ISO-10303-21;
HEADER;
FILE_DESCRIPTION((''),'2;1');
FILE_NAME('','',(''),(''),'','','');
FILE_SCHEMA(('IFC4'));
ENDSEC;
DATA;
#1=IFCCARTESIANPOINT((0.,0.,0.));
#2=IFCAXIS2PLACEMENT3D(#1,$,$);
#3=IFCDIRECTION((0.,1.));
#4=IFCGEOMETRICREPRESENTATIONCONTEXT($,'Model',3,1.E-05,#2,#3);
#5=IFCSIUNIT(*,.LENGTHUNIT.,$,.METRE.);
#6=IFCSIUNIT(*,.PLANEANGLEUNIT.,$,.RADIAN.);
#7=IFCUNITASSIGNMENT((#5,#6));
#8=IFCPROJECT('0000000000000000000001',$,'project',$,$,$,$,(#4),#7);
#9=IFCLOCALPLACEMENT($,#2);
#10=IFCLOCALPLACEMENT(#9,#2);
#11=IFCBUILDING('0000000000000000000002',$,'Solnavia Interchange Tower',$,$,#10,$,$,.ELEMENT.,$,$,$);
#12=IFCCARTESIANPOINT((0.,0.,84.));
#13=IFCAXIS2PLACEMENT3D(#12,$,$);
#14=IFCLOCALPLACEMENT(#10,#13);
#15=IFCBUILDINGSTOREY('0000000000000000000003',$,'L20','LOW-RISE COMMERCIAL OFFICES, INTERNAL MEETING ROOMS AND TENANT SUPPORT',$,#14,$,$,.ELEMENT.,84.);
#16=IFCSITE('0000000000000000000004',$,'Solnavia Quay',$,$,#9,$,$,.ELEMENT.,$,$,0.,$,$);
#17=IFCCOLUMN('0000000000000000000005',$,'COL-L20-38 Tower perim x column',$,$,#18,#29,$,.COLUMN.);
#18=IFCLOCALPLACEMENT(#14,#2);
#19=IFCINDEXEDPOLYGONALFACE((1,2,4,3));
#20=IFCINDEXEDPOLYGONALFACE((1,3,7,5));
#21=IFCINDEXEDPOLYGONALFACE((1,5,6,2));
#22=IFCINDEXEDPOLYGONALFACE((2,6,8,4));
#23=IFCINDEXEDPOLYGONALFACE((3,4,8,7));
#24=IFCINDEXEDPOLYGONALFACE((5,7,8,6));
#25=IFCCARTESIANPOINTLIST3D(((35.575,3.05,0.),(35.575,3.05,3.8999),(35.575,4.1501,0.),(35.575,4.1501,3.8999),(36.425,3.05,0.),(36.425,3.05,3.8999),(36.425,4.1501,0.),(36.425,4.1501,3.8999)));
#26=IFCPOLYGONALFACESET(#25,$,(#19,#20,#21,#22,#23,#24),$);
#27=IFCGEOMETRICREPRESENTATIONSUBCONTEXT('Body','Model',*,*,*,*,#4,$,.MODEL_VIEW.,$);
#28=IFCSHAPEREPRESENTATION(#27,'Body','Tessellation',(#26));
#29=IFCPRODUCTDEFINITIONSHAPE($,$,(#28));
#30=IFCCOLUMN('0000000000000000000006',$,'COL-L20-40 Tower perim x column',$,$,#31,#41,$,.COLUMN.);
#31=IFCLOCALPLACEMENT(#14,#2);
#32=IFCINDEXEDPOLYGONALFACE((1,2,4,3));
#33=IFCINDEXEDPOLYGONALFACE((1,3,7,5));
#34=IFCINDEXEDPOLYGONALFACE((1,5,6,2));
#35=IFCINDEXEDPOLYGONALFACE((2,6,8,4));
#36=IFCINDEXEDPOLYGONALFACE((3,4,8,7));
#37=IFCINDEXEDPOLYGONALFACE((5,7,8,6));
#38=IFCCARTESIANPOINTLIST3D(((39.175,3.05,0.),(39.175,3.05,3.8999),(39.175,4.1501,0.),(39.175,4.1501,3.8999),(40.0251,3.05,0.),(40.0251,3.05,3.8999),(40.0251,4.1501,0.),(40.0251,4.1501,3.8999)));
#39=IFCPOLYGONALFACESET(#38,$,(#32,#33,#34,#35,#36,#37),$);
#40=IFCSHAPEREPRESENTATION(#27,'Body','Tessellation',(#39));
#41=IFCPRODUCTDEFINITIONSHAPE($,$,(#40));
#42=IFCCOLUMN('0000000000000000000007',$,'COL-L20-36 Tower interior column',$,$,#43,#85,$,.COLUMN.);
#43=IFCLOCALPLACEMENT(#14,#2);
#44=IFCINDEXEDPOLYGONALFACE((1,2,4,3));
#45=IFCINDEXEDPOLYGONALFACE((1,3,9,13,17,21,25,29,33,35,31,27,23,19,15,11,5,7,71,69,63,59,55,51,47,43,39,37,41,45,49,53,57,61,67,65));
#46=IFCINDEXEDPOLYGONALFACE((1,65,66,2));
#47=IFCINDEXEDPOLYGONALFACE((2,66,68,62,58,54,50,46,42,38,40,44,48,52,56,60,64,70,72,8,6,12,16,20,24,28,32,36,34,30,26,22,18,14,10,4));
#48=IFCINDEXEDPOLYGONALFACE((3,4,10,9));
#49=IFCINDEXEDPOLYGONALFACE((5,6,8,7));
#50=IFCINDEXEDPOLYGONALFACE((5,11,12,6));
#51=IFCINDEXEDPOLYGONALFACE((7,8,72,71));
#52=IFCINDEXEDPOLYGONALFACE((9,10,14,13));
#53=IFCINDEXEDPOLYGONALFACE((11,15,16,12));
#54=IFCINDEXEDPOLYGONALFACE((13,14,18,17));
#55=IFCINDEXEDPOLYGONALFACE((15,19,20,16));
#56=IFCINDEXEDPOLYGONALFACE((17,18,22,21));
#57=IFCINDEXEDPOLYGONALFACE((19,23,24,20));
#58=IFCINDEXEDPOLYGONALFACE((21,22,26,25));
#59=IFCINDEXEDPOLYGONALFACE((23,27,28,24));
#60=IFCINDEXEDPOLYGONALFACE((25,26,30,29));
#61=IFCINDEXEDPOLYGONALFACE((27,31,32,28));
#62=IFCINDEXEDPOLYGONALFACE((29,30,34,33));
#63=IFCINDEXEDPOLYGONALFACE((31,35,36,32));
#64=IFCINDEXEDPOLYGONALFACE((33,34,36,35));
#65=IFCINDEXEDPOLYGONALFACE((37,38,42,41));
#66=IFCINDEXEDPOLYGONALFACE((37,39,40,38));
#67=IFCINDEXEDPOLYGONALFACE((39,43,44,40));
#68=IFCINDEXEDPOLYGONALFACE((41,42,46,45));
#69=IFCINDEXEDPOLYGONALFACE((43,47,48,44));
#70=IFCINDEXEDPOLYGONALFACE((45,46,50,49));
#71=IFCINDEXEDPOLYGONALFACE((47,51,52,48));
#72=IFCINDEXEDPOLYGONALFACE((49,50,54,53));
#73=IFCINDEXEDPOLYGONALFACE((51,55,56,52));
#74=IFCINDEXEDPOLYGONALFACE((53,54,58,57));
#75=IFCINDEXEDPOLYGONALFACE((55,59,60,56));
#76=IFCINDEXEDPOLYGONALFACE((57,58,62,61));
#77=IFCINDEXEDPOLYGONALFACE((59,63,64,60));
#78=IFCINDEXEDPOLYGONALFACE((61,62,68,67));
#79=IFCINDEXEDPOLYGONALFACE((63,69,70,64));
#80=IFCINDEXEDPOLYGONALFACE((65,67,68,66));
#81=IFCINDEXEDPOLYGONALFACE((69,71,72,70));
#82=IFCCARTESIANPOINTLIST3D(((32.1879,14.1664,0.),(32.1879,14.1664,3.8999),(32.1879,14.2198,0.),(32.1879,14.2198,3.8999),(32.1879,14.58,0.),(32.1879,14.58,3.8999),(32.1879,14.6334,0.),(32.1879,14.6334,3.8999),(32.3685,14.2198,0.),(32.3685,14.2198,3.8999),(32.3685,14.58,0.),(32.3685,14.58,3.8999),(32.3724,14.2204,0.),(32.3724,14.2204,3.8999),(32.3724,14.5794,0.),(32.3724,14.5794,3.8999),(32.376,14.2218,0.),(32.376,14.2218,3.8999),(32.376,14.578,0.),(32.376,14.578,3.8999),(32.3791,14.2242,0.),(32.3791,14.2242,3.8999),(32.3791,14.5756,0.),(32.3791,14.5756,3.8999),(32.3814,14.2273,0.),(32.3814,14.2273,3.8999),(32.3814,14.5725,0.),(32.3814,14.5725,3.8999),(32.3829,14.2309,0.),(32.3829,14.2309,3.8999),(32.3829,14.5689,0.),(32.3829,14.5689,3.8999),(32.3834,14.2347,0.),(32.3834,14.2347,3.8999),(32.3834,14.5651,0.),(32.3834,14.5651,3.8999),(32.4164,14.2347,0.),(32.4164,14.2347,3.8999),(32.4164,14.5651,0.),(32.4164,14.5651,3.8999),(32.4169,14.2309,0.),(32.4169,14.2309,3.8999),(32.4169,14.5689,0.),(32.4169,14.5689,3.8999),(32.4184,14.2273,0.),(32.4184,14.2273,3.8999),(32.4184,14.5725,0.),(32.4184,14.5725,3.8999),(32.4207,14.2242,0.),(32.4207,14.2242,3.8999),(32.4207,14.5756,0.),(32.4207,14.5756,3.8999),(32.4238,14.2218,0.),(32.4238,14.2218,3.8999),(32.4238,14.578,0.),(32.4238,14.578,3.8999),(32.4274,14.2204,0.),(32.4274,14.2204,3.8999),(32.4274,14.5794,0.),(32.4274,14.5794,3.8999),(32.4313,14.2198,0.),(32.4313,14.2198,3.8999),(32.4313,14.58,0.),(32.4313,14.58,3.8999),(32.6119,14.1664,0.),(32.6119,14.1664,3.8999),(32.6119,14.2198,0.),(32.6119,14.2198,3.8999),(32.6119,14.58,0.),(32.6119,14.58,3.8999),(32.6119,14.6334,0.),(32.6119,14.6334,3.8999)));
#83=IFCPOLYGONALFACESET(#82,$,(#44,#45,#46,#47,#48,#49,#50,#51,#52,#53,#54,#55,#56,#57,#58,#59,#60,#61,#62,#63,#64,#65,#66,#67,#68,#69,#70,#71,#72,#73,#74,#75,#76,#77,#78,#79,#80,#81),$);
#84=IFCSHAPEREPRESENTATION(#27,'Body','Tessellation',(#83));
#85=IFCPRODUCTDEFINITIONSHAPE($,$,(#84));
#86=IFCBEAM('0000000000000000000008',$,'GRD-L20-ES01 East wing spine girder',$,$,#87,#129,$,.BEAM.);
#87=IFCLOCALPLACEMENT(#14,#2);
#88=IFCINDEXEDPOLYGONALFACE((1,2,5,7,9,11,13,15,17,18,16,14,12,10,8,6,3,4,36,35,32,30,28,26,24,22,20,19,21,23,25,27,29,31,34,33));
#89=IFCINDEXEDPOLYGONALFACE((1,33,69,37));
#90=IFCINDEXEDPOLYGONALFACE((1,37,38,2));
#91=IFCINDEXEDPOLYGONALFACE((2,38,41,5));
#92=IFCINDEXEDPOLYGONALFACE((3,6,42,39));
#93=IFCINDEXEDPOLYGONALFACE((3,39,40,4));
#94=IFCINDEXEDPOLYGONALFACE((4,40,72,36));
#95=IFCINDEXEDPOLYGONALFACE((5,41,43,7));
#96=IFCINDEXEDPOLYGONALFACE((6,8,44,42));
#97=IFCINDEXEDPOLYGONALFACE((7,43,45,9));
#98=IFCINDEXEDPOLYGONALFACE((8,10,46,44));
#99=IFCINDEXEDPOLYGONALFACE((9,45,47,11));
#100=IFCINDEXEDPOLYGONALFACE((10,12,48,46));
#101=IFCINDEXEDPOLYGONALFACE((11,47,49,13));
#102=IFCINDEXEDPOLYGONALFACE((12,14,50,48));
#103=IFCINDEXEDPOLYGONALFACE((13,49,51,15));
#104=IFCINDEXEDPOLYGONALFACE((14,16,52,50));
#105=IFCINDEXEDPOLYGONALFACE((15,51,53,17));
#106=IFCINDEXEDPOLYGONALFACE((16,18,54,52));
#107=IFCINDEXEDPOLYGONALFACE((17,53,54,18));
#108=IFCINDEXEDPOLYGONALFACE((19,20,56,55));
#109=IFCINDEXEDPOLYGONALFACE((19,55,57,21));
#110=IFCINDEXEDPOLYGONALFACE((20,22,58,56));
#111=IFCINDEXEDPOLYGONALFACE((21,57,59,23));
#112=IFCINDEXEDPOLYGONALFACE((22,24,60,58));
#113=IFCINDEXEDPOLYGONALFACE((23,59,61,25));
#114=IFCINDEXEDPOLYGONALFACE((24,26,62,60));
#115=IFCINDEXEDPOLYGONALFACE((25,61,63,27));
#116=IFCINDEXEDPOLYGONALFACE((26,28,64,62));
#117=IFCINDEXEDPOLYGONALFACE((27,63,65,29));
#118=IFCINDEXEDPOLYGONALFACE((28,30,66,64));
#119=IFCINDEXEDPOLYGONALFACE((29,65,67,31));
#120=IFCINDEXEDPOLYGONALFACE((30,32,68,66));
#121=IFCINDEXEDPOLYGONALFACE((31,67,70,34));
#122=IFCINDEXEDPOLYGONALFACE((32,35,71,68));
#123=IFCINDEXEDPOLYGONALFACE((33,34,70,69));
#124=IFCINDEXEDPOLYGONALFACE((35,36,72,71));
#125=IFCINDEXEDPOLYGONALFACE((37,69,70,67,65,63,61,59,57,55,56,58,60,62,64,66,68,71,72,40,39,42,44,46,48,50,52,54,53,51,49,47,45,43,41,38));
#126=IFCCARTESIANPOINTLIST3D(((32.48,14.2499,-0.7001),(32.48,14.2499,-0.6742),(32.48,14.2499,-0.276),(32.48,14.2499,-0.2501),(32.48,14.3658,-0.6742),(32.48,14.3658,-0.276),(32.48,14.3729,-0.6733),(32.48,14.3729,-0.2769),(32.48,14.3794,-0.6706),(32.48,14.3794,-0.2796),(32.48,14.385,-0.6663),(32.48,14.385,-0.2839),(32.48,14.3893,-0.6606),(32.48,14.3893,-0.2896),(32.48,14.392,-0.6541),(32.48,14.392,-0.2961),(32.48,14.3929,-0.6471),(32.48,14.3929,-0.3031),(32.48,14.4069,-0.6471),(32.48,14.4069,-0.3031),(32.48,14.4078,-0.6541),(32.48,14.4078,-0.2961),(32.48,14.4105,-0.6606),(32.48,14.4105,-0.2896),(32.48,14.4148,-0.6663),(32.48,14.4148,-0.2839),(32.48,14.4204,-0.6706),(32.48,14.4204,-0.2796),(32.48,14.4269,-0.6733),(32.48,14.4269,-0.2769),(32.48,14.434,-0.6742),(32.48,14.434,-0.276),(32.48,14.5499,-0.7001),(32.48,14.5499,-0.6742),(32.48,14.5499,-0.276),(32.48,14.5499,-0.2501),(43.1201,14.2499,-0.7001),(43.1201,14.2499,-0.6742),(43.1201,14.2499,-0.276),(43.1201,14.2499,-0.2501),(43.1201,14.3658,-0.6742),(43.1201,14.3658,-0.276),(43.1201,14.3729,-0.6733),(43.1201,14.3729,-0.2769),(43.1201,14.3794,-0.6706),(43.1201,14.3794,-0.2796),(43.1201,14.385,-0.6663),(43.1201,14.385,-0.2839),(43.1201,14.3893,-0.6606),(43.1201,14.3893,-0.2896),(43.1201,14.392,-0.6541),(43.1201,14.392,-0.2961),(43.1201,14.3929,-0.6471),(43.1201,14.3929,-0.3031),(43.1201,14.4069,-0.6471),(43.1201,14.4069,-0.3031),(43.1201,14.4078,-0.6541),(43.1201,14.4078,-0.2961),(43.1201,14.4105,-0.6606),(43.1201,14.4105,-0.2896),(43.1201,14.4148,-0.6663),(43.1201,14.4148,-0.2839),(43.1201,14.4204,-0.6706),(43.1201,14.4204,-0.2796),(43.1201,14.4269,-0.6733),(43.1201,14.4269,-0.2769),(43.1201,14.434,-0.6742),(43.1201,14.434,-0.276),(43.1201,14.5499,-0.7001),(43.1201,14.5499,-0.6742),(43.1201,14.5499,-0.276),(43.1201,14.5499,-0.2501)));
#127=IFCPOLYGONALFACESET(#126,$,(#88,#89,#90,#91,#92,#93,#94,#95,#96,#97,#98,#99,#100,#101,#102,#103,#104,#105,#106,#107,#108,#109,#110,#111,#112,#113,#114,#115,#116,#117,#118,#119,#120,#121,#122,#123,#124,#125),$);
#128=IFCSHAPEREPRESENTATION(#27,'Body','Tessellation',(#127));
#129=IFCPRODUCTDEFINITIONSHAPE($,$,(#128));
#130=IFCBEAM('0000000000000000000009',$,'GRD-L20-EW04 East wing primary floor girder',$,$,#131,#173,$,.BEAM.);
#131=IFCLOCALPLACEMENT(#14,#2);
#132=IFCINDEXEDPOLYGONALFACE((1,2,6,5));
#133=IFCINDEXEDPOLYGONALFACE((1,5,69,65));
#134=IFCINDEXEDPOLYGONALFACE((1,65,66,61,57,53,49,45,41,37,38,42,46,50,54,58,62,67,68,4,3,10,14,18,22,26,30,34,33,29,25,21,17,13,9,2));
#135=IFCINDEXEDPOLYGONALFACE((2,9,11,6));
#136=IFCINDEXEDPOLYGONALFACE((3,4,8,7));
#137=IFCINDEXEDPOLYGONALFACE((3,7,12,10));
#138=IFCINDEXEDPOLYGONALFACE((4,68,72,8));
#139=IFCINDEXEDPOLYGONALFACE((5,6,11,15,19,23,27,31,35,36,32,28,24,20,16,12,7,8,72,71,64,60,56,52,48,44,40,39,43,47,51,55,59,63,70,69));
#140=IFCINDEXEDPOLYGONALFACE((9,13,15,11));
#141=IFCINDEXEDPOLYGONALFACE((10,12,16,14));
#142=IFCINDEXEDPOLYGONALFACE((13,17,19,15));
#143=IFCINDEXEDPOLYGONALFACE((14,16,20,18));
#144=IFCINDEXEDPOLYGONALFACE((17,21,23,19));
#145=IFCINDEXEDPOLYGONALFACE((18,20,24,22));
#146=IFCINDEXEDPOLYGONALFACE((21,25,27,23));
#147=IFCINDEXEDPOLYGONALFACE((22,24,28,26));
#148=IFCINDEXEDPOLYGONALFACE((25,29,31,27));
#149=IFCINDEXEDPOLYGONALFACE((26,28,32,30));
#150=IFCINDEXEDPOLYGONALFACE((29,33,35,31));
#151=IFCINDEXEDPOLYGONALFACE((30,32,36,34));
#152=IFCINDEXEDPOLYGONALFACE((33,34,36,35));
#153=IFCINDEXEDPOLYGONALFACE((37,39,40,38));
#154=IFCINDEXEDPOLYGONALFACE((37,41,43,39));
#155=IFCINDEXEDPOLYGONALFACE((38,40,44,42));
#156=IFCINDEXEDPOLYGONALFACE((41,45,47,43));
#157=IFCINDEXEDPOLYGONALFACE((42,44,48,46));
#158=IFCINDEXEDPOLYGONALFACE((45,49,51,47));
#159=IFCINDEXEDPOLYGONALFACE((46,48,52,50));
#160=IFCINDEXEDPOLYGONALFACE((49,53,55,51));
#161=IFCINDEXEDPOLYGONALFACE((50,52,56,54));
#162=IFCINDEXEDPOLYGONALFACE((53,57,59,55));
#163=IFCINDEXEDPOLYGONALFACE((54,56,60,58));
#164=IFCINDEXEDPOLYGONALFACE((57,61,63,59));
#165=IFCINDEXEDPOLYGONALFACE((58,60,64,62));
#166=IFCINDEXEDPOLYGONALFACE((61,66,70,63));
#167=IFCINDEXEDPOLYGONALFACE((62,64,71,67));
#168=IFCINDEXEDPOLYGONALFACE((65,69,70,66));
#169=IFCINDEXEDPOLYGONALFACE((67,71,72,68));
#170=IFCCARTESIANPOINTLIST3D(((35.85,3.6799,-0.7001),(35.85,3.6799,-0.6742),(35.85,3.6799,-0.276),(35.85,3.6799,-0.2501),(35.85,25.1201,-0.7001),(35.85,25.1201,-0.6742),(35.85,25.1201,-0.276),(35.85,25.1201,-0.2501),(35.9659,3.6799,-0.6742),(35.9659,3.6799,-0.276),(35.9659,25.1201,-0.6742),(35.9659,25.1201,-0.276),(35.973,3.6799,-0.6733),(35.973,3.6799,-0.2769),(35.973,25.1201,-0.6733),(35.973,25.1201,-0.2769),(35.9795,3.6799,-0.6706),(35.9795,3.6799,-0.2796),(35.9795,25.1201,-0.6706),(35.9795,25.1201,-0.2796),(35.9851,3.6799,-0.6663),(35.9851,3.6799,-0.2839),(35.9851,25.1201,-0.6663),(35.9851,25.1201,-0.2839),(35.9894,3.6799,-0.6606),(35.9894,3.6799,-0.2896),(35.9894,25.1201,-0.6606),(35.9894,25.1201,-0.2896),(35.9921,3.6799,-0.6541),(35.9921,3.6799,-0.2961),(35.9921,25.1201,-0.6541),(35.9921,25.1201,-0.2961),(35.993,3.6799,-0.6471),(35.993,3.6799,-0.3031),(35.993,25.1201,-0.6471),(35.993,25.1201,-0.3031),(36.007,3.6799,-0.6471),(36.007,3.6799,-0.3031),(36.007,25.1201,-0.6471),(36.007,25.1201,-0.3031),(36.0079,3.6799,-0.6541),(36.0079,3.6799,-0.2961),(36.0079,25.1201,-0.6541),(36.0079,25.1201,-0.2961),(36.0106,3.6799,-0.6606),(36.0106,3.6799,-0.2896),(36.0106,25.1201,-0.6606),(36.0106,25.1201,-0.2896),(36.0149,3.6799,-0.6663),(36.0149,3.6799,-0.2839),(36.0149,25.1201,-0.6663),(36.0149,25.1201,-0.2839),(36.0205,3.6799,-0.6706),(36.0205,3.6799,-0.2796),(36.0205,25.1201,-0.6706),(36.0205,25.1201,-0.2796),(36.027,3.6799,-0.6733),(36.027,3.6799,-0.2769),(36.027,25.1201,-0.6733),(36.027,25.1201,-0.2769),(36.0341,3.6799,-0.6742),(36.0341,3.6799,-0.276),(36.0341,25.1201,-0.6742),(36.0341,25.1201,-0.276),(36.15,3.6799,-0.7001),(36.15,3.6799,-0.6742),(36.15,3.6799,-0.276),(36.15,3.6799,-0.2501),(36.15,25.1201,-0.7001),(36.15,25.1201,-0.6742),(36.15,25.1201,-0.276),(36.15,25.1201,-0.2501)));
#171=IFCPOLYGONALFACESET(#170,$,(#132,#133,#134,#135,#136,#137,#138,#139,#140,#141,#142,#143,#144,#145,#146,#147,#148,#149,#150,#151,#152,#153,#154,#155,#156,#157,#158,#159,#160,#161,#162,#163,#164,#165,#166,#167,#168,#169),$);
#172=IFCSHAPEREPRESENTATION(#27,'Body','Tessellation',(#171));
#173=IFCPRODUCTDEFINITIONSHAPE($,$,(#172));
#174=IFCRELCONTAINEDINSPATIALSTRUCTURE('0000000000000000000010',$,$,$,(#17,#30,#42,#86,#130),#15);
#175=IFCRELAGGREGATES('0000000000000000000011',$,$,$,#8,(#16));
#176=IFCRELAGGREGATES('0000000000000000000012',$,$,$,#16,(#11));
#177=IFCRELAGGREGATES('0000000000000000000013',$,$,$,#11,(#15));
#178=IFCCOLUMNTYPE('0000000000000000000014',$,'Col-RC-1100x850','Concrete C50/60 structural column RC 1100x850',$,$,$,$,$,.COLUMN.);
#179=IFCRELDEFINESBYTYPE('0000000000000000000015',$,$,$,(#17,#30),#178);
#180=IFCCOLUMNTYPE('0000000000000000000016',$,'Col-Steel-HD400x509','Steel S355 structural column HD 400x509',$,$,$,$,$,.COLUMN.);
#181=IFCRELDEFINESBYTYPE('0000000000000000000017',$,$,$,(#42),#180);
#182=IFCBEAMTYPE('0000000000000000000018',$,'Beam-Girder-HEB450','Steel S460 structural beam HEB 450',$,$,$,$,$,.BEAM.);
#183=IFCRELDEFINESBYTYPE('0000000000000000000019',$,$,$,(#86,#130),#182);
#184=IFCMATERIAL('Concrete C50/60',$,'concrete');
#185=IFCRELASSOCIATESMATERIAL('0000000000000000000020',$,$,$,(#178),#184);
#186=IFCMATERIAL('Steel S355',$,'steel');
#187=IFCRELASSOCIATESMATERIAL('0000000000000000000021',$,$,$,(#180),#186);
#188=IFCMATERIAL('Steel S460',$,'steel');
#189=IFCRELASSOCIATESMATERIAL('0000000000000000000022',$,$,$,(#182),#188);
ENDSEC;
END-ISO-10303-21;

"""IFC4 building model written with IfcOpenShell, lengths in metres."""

from ifc_helpers import new_model, si_unit, direction, frame, origin, origin_2d, place, context, subcontext, project, spatial, rectangle, i_section, extrude, material, material_profile, profile_set, type_object, element, save


model = new_model("IFC4")

# Units and contexts
model_context = context("Model", 3, precision=1e-05, world=origin(), true_north=direction((0.0, 1.0)))
body_context = subcontext(model_context, "Body", "Model", "MODEL_VIEW")
ifc_project = project(units=[si_unit("LENGTHUNIT", "METRE"), si_unit("PLANEANGLEUNIT", "RADIAN")], contexts=[model_context])

# Site, building, storey
site_placement = place(None, origin())
site = spatial("IfcSite", under=ifc_project, at=site_placement, Name="Solnavia Quay", CompositionType="ELEMENT", RefElevation=0.0)
building_placement = place(site_placement, origin())
building = spatial("IfcBuilding", under=site, at=building_placement, Name="Solnavia Interchange Tower", CompositionType="ELEMENT")
storey_placement = place(building_placement, frame((0.0, 0.0, 84.0)))
storey = spatial("IfcBuildingStorey", under=building, at=storey_placement, Name="L20", Description="LOW-RISE COMMERCIAL OFFICES, INTERNAL MEETING ROOMS AND TENANT SUPPORT", CompositionType="ELEMENT", Elevation=84.0)

# Columns
ifc_material_1 = material(Name="Concrete C50/60", Category="concrete")
ifc_material_profile_1 = material_profile(ifc_material_1, rectangle(XDim=0.8501, YDim=1.1001, at=origin_2d()), Name="RC 1100x850")
ifc_profile_set_1 = profile_set([ifc_material_profile_1], Name="Concrete C50/60")
column_type_1 = type_object("IfcColumnType", Name="Col-RC-1100x850", Description="Concrete C50/60 structural column RC 1100x850", PredefinedType="COLUMN", material=ifc_profile_set_1)
for number, where, z_axis, x_axis, name in (
    (1, (36.0, 3.6001, 0.0), (0.0, 0.0, 1.0), (1.0, 0.0, 0.0), "COL-L20-38 Tower perim x column"),
    (2, (39.6001, 3.6001, 0.0), (0.0, 0.0, 1.0), (1.0, 0.0, 0.0), "COL-L20-40 Tower perim x column"),
):
    element("IfcColumn", number, at=place(storey_placement, frame(where, z_axis=z_axis, x_axis=x_axis)), inside=storey, type_object=column_type_1, Name=name, PredefinedType="COLUMN", context=body_context, shape_type="SweptSolid", body=[
        extrude(rectangle(XDim=0.8501, YDim=1.1001, at=origin_2d()), origin(), (0.0, 0.0, 1.0), 3.8999),
    ])
ifc_material_2 = material(Name="Steel S355", Category="steel")
ifc_material_profile_2 = material_profile(ifc_material_2, i_section(OverallWidth=0.4241, OverallDepth=0.467, WebThickness=0.033, FlangeThickness=0.0535, FilletRadius=0.0149, at=origin_2d()), Name="HD 400x509")
ifc_profile_set_2 = profile_set([ifc_material_profile_2], Name="Steel S355")
column_type_2 = type_object("IfcColumnType", Name="Col-Steel-HD400x509", Description="Steel S355 structural column HD 400x509", PredefinedType="COLUMN", material=ifc_profile_set_2)
column_placement = place(storey_placement, frame((32.3999, 14.3999, 0.0), z_axis=(0.0, 0.0, 1.0), x_axis=(1.0, 0.0, 0.0)))
element("IfcColumn", 3, at=column_placement, inside=storey, type_object=column_type_2, Name="COL-L20-36 Tower interior column", PredefinedType="COLUMN", context=body_context, shape_type="SweptSolid", body=[
    extrude(i_section(OverallWidth=0.4241, OverallDepth=0.467, WebThickness=0.033, FlangeThickness=0.0535, FilletRadius=0.0149, at=origin_2d()), origin(), (0.0, 0.0, 1.0), 3.8999),
])

# Beams
ifc_material_3 = material(Name="Steel S460", Category="steel")
ifc_material_profile_3 = material_profile(ifc_material_3, i_section(OverallWidth=0.3, OverallDepth=0.45, WebThickness=0.0139, FlangeThickness=0.0259, FilletRadius=0.0271, at=origin_2d()), Name="HEB 450")
ifc_profile_set_3 = profile_set([ifc_material_profile_3], Name="Steel S460")
beam_type_1 = type_object("IfcBeamType", Name="Beam-Girder-HEB450", Description="Steel S460 structural beam HEB 450", PredefinedType="BEAM", material=ifc_profile_set_3)
beam_1_placement = place(storey_placement, frame((32.48, 14.3999, -0.4751), z_axis=(1.0, 0.0, 0.0), x_axis=(0.0, 1.0, 0.0)))
element("IfcBeam", 4, at=beam_1_placement, inside=storey, type_object=beam_type_1, Name="GRD-L20-ES01 East wing spine girder", PredefinedType="BEAM", context=body_context, shape_type="SweptSolid", body=[
    extrude(i_section(OverallWidth=0.3, OverallDepth=0.45, WebThickness=0.0139, FlangeThickness=0.0259, FilletRadius=0.0271, at=origin_2d()), origin(), (0.0, 0.0, 1.0), 10.6401),
])
beam_2_placement = place(storey_placement, frame((36.0, 3.6799, -0.4751), z_axis=(0.0, 1.0, 0.0), x_axis=(-1.0, 0.0, 0.0)))
element("IfcBeam", 5, at=beam_2_placement, inside=storey, type_object=beam_type_1, Name="GRD-L20-EW04 East wing primary floor girder", PredefinedType="BEAM", context=body_context, shape_type="SweptSolid", body=[
    extrude(i_section(OverallWidth=0.3, OverallDepth=0.45, WebThickness=0.0139, FlangeThickness=0.0259, FilletRadius=0.0271, at=origin_2d()), origin(), (0.0, 0.0, 1.0), 21.4402),
])

save(model, "model.ifc")
